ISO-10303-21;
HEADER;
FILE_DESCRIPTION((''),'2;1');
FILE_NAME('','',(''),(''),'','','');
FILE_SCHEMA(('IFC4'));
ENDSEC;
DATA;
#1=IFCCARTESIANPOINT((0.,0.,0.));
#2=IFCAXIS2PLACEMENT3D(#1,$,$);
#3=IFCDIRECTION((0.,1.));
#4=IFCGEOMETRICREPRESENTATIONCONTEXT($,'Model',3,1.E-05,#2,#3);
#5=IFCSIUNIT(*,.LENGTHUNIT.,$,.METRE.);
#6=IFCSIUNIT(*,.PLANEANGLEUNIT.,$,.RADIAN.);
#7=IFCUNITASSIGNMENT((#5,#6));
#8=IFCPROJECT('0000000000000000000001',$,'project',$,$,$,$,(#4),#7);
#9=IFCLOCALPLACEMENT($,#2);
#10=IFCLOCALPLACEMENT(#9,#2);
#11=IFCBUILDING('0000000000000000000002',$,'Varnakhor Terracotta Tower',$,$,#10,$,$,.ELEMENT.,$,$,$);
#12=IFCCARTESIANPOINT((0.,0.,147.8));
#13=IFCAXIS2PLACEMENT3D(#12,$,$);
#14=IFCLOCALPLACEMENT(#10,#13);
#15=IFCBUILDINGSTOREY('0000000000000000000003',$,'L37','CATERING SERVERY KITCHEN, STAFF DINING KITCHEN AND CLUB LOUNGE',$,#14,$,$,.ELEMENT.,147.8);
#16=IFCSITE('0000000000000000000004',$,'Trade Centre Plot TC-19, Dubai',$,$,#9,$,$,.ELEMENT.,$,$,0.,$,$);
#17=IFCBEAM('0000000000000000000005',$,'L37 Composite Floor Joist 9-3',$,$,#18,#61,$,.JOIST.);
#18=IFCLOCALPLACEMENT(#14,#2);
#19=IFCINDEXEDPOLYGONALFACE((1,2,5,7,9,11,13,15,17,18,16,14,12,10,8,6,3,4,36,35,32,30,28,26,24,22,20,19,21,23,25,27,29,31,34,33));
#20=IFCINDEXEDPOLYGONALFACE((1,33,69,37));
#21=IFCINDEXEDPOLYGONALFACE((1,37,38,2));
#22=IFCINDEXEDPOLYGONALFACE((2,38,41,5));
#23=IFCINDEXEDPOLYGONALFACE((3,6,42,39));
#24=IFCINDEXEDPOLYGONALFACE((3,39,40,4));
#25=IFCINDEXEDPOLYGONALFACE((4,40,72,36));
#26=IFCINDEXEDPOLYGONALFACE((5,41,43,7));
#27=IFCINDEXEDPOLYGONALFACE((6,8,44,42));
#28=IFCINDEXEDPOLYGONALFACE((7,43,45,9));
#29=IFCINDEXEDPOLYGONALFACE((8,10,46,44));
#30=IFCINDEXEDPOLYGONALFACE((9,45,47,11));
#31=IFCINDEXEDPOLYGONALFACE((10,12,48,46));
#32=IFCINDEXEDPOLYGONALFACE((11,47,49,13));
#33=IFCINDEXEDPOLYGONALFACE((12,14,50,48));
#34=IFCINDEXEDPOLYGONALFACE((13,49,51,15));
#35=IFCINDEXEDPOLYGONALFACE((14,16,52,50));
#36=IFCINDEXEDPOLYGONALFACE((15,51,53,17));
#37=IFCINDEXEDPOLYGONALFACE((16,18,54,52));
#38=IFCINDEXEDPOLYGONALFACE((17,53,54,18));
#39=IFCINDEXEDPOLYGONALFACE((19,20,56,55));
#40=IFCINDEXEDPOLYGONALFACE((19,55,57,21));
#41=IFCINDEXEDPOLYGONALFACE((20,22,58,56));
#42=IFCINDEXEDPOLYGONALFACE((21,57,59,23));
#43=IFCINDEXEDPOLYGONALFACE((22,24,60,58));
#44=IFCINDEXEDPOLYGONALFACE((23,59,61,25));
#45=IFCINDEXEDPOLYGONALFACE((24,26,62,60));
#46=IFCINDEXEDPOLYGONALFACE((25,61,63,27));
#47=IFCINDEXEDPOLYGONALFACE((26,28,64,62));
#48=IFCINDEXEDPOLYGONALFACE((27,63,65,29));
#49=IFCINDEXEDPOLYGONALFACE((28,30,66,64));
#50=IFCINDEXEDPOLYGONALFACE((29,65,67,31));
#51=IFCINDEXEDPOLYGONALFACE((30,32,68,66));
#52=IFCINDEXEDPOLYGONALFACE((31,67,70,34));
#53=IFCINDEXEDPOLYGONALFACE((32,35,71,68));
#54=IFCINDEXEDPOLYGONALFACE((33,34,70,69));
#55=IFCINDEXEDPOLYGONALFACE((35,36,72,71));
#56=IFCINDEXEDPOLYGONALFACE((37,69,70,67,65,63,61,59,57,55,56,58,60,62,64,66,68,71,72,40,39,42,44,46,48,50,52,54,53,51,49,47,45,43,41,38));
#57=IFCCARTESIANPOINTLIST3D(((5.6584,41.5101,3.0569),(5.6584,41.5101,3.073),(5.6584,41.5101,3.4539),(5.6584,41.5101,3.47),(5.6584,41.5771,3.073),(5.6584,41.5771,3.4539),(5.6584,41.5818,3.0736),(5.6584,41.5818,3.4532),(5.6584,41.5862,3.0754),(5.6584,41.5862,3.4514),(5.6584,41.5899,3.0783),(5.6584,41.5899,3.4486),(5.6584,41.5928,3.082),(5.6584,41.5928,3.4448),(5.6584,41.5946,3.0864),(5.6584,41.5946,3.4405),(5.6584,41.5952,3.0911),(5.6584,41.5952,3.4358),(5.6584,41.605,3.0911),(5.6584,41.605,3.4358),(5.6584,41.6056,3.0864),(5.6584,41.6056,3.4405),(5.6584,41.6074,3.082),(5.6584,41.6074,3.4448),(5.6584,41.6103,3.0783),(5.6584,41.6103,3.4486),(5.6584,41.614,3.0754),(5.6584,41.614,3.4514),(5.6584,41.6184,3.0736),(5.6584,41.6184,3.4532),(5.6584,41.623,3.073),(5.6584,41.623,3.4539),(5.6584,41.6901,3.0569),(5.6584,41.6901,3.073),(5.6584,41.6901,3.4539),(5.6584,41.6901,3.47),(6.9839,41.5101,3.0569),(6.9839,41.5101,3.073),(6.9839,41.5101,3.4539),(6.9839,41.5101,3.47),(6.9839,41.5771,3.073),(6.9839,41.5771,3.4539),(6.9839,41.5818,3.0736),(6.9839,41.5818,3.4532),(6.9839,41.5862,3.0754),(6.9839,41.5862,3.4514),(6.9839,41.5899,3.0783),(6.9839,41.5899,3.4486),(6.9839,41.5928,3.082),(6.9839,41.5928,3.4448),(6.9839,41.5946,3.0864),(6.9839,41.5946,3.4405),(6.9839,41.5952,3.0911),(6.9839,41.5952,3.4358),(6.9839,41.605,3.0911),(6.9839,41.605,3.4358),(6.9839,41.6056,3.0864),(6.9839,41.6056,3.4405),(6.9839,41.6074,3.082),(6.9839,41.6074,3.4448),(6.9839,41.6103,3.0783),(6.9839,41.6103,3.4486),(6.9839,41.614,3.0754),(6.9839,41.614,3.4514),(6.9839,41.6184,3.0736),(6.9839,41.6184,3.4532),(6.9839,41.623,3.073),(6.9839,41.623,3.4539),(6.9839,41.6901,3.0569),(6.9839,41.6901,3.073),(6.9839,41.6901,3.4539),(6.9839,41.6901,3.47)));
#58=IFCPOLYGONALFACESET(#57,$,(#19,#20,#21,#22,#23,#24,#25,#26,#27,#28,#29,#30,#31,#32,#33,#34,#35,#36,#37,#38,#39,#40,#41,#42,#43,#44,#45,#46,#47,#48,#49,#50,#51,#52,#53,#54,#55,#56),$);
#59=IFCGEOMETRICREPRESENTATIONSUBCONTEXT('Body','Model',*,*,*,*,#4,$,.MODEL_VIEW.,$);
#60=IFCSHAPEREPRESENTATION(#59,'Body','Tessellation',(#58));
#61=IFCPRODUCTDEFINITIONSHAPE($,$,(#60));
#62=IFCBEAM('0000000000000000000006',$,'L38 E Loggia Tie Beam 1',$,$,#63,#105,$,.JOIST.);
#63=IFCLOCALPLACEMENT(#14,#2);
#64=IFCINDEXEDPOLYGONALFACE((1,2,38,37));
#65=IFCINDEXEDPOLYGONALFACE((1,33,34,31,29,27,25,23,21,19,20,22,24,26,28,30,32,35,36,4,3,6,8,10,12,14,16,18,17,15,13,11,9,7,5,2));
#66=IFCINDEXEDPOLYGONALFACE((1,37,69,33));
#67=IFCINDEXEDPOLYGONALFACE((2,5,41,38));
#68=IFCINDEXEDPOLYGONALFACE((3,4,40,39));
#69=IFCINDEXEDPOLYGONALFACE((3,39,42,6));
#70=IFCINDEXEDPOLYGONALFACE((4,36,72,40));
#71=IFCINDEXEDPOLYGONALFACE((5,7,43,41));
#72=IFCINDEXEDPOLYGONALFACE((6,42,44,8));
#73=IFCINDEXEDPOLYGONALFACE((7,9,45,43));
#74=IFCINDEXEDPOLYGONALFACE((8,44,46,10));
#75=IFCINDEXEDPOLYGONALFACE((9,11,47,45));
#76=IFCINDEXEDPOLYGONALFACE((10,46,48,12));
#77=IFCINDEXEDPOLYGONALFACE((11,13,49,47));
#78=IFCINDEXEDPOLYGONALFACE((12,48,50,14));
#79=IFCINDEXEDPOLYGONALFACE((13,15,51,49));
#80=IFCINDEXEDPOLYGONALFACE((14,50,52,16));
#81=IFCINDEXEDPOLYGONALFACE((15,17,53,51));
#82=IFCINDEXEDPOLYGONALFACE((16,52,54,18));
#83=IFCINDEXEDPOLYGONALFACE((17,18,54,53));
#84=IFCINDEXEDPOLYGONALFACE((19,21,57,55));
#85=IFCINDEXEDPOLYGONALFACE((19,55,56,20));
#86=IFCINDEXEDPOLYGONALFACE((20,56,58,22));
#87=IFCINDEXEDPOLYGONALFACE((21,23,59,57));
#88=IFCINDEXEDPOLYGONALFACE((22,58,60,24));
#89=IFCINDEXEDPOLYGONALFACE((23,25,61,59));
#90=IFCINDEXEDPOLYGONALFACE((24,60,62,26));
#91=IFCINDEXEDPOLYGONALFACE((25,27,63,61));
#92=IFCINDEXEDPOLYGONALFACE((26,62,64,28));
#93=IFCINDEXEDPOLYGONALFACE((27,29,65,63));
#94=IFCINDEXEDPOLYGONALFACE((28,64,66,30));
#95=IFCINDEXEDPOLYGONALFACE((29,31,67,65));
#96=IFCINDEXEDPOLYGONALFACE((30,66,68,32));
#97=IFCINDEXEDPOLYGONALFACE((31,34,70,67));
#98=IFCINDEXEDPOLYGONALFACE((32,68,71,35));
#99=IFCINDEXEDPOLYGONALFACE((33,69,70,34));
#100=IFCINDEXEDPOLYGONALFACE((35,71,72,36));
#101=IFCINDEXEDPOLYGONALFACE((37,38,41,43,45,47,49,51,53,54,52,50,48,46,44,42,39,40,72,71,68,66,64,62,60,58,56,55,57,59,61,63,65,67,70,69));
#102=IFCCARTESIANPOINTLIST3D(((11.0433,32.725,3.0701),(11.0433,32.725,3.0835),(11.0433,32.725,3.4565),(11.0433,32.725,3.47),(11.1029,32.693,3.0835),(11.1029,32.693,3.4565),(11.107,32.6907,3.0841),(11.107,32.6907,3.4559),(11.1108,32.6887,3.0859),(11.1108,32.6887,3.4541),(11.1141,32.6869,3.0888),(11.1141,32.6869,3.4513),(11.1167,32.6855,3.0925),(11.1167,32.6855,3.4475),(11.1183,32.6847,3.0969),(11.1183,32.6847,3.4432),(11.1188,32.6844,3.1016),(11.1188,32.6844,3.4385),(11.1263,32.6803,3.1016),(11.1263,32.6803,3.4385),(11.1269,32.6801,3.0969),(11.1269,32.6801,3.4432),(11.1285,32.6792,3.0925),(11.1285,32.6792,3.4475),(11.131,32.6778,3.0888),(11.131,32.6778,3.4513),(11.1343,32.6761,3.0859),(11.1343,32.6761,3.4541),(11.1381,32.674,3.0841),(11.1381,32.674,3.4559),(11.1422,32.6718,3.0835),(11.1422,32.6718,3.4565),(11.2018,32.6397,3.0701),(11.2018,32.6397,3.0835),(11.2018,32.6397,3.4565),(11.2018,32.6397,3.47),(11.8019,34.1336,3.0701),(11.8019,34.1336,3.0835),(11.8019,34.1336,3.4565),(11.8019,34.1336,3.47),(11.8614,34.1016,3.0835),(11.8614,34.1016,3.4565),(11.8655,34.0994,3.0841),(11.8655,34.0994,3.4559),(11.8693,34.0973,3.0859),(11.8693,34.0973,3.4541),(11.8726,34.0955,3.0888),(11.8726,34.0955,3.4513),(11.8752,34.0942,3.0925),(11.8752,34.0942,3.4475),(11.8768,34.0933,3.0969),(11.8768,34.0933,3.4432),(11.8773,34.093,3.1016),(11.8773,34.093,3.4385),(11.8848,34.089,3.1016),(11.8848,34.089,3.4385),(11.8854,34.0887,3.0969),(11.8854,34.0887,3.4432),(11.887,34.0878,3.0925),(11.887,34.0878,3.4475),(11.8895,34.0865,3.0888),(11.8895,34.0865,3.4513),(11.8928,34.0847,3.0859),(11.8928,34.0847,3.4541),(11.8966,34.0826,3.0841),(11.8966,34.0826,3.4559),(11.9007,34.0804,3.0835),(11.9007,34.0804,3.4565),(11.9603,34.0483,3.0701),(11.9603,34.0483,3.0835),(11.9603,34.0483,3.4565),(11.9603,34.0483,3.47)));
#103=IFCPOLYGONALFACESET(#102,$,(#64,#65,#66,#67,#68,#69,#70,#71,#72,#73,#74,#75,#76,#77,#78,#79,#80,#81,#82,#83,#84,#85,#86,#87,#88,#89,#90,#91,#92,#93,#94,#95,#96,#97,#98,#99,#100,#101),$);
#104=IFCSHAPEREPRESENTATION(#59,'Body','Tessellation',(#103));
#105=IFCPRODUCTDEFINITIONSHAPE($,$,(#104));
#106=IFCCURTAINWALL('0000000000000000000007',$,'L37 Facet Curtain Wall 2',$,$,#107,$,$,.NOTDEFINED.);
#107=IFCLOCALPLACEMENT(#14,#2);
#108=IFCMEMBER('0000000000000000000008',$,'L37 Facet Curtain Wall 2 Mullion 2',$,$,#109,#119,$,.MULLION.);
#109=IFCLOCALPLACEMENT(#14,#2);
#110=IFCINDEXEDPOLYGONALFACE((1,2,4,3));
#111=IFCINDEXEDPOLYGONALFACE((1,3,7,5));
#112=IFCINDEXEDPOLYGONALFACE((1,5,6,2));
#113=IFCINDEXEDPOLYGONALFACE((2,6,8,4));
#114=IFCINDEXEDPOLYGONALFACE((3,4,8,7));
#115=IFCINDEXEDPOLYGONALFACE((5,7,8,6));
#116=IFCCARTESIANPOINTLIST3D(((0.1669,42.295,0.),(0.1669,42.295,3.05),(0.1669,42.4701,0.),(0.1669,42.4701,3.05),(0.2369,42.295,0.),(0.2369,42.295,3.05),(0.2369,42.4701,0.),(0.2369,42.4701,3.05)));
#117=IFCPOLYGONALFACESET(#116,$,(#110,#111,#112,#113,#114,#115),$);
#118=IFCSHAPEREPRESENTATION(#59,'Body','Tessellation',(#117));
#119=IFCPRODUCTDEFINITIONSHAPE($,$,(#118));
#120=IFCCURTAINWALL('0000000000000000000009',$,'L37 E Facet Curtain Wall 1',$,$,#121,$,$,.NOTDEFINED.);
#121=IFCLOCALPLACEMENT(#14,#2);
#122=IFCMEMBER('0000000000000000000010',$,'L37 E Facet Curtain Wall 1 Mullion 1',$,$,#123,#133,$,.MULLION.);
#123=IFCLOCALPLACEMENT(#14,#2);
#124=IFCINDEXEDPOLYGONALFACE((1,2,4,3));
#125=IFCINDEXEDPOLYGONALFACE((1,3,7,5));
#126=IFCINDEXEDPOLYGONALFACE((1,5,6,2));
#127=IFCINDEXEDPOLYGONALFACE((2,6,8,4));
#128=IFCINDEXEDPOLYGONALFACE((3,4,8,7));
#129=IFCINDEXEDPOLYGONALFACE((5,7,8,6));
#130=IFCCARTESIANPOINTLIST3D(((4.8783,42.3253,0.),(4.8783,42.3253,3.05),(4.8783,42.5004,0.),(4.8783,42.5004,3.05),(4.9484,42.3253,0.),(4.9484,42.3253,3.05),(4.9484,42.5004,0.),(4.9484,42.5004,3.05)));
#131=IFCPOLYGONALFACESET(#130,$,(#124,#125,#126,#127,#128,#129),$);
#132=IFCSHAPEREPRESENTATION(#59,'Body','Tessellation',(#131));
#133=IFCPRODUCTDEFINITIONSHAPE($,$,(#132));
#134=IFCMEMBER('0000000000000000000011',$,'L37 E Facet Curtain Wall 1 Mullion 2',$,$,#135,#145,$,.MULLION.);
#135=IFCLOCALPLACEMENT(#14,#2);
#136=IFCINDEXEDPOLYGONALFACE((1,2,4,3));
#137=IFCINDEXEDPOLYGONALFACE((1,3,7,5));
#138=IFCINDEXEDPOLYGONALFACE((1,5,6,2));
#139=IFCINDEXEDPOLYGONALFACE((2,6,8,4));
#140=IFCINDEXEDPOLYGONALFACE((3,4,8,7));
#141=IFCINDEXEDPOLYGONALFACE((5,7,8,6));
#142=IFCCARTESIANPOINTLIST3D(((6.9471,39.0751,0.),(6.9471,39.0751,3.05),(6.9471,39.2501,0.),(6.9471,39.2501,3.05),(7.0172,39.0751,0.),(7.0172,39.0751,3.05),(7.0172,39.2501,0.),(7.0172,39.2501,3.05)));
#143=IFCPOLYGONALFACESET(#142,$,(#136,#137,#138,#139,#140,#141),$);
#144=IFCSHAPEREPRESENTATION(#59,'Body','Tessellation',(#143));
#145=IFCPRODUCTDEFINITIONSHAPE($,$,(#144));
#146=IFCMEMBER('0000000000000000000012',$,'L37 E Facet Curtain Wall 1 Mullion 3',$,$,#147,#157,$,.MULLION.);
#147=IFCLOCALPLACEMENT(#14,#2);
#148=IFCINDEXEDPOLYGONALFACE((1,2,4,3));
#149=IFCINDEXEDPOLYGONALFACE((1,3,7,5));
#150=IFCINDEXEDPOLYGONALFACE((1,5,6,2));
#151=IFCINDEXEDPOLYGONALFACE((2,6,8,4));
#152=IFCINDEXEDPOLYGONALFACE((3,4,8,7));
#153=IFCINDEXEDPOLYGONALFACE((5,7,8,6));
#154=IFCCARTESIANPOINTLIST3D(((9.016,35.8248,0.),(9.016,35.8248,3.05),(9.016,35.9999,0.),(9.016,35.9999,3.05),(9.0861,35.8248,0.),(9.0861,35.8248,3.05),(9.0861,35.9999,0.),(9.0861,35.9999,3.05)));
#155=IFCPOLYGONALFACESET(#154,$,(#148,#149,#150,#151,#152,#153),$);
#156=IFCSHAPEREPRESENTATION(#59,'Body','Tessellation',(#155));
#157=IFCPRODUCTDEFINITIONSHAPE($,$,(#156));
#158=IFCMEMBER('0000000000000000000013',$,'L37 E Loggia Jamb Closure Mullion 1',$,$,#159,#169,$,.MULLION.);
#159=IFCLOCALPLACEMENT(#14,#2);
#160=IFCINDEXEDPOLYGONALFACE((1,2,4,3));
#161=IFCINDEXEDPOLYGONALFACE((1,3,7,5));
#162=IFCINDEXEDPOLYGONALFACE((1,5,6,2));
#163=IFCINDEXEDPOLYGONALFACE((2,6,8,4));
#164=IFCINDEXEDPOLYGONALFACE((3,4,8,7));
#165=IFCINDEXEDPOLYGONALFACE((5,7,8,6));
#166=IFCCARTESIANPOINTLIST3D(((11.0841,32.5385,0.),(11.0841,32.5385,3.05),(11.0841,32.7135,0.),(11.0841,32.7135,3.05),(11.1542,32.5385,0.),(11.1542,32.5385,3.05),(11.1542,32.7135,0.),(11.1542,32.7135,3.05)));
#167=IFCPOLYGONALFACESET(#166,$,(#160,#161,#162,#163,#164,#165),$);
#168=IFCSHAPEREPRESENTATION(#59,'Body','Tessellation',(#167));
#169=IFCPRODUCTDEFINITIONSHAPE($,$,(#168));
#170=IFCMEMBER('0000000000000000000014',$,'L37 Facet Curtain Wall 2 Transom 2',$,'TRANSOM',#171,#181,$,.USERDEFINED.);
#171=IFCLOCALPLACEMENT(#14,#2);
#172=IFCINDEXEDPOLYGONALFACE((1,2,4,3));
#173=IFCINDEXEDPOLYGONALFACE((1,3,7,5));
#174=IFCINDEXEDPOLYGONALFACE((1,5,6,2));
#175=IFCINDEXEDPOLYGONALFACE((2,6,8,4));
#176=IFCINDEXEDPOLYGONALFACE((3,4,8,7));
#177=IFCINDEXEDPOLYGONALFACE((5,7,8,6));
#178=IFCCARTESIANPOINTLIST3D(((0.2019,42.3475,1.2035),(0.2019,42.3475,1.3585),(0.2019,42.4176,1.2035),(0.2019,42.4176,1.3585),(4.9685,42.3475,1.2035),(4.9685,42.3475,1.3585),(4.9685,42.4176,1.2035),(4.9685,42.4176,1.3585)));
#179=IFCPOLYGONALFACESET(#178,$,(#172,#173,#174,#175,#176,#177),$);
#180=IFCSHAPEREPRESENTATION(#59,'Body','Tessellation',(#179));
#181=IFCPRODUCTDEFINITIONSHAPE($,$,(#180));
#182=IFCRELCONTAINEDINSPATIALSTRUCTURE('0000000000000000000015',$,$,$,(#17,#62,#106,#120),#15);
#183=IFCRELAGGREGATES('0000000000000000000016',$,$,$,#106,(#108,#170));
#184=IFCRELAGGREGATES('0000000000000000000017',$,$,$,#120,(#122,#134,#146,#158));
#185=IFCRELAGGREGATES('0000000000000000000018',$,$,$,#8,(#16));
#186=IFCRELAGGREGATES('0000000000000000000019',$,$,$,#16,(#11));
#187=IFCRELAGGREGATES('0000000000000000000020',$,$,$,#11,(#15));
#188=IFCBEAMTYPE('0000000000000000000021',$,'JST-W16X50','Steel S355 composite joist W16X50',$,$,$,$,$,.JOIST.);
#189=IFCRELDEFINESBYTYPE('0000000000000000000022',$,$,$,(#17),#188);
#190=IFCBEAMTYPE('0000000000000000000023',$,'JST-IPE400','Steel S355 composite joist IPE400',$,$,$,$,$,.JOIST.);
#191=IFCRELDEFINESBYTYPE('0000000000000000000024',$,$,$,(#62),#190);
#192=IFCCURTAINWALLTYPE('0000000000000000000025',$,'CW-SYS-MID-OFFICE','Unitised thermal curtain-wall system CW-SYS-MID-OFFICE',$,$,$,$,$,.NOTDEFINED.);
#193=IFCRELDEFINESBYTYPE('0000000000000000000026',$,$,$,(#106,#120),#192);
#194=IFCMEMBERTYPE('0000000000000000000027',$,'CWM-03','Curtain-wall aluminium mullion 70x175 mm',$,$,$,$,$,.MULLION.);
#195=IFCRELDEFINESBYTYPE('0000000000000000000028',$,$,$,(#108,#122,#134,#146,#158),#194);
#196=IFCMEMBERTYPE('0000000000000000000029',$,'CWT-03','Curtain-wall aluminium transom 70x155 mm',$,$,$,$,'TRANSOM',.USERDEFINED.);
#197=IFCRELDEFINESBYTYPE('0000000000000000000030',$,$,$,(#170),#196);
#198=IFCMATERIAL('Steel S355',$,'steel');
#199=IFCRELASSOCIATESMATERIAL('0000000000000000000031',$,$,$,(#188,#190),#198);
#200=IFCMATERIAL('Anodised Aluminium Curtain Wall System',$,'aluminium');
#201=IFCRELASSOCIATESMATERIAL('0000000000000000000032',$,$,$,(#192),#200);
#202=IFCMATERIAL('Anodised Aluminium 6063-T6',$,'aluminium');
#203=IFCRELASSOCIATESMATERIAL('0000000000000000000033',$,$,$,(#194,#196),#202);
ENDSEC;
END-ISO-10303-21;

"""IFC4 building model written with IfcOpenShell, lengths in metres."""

from ifc_helpers import new_model, si_unit, direction, frame, origin, origin_2d, place, context, subcontext, project, spatial, rectangle, i_section, extrude, source, transform, mapped, material, material_profile, profile_set, type_object, element, aggregate, save


model = new_model("IFC4")

# Units and contexts
model_context = context("Model", 3, precision=1e-05, world=origin(), true_north=direction((0.0, 1.0)))
body_context = subcontext(model_context, "Body", "Model", "MODEL_VIEW")
ifc_project = project(units=[si_unit("LENGTHUNIT", "METRE"), si_unit("PLANEANGLEUNIT", "RADIAN")], contexts=[model_context])

# Site, building, storey
site_placement = place(None, origin())
site = spatial("IfcSite", under=ifc_project, at=site_placement, Name="Trade Centre Plot TC-19, Dubai", CompositionType="ELEMENT", RefElevation=0.0)
building_placement = place(site_placement, origin())
building = spatial("IfcBuilding", under=site, at=building_placement, Name="Varnakhor Terracotta Tower", CompositionType="ELEMENT")
storey_placement = place(building_placement, frame((0.0, 0.0, 147.8)))
storey = spatial("IfcBuildingStorey", under=building, at=storey_placement, Name="L37", Description="CATERING SERVERY KITCHEN, STAFF DINING KITCHEN AND CLUB LOUNGE", CompositionType="ELEMENT", Elevation=147.8)

# Beams
ifc_material_1 = material(Name="Steel S355", Category="steel")
ifc_material_profile_1 = material_profile(ifc_material_1, i_section(OverallWidth=0.1799, OverallDepth=0.4131, WebThickness=0.0098, FlangeThickness=0.0161, FilletRadius=0.0181, at=origin_2d()), Name="W16X50")
ifc_profile_set_1 = profile_set([ifc_material_profile_1], Name="Steel S355")
beam_type_1 = type_object("IfcBeamType", Name="JST-W16X50", Description="Steel S355 composite joist W16X50", PredefinedType="JOIST", material=ifc_profile_set_1)
shared_shape_1 = source(origin(), body_context, "Body", "SweptSolid", [
    extrude(i_section(OverallWidth=0.1799, OverallDepth=0.4131, WebThickness=0.0098, FlangeThickness=0.0161, FilletRadius=0.0181, at=origin_2d()), origin(), (0.0, 0.0, 1.0), 1.3254),
])
beam_1_placement = place(storey_placement, frame((5.6584, 41.6001, 3.2634), z_axis=(1.0, 0.0, 0.0), x_axis=(0.0, 1.0, 0.0)))
element("IfcBeam", 1, at=beam_1_placement, inside=storey, type_object=beam_type_1, Name="L37 Composite Floor Joist 9-3", PredefinedType="JOIST", context=body_context, shape_type="MappedRepresentation", body=[
    mapped(shared_shape_1, transform((0.0, 0.0, 0.0), scale=1.0)),
])
ifc_material_profile_2 = material_profile(ifc_material_1, i_section(OverallWidth=0.1799, OverallDepth=0.3999, WebThickness=0.0085, FlangeThickness=0.0134, FilletRadius=0.0181, at=origin_2d()), Name="IPE400")
ifc_profile_set_2 = profile_set([ifc_material_profile_2], Name="Steel S355")
beam_type_2 = type_object("IfcBeamType", Name="JST-IPE400", Description="Steel S355 composite joist IPE400", PredefinedType="JOIST", material=ifc_profile_set_2)
shared_shape_2 = source(origin(), body_context, "Body", "SweptSolid", [
    extrude(i_section(OverallWidth=0.1799, OverallDepth=0.3999, WebThickness=0.0085, FlangeThickness=0.0134, FilletRadius=0.0181, at=origin_2d()), origin(), (0.0, 0.0, 1.0), 1.5999),
])
beam_2_placement = place(storey_placement, frame((11.1226, 32.6824, 3.27), z_axis=(0.474109, 0.880466, 0.0), x_axis=(-0.880466, 0.474109, 0.0)))
element("IfcBeam", 2, at=beam_2_placement, inside=storey, type_object=beam_type_2, Name="L38 E Loggia Tie Beam 1", PredefinedType="JOIST", context=body_context, shape_type="MappedRepresentation", body=[
    mapped(shared_shape_2, transform((0.0, 0.0, 0.0), scale=1.0)),
])

# Curtain wall, member
ifc_material_2 = material(Name="Anodised Aluminium Curtain Wall System", Category="aluminium")
curtain_wall_type = type_object("IfcCurtainWallType", Name="CW-SYS-MID-OFFICE", Description="Unitised thermal curtain-wall system CW-SYS-MID-OFFICE", PredefinedType="NOTDEFINED", material=ifc_material_2)
curtain_wall_1_placement = place(storey_placement, origin())
curtain_wall_1 = element("IfcCurtainWall", 3, at=curtain_wall_1_placement, inside=storey, type_object=curtain_wall_type, Name="L37 Facet Curtain Wall 2", PredefinedType="NOTDEFINED")
ifc_material_3 = material(Name="Anodised Aluminium 6063-T6", Category="aluminium")
ifc_material_profile_3 = material_profile(ifc_material_3, rectangle(XDim=0.0701, YDim=0.175, at=origin_2d()), Name="ALU MULLION 70x175")
ifc_profile_set_3 = profile_set([ifc_material_profile_3], Name="Anodised Aluminium 6063-T6")
member_type_1 = type_object("IfcMemberType", Name="CWM-03", Description="Curtain-wall aluminium mullion 70x175 mm", PredefinedType="MULLION", material=ifc_profile_set_3)
shared_shape_3 = source(origin(), body_context, "Body", "SweptSolid", [
    extrude(rectangle(XDim=0.0701, YDim=0.175, at=origin_2d()), origin(), (0.0, 0.0, 1.0), 3.05),
])
member_1_placement = place(storey_placement, frame((0.2019, 42.3826, 0.0), z_axis=(0.0, 0.0, 1.0), x_axis=(1.0, 0.0, 0.0)))
member_1 = element("IfcMember", 4, at=member_1_placement, type_object=member_type_1, Name="L37 Facet Curtain Wall 2 Mullion 2", PredefinedType="MULLION", context=body_context, shape_type="MappedRepresentation", body=[
    mapped(shared_shape_3, transform((0.0, 0.0, 0.0), scale=1.0)),
])

# Curtain wall, members
curtain_wall_2_placement = place(storey_placement, origin())
curtain_wall_2 = element("IfcCurtainWall", 5, at=curtain_wall_2_placement, inside=storey, type_object=curtain_wall_type, Name="L37 E Facet Curtain Wall 1", PredefinedType="NOTDEFINED")
member_2_placement = place(storey_placement, frame((4.9133, 42.4128, 0.0), z_axis=(0.0, 0.0, 1.0), x_axis=(1.0, 0.0, 0.0)))
member_2 = element("IfcMember", 6, at=member_2_placement, type_object=member_type_1, Name="L37 E Facet Curtain Wall 1 Mullion 1", PredefinedType="MULLION", context=body_context, shape_type="MappedRepresentation", body=[
    mapped(shared_shape_3, transform((0.0, 0.0, 0.0), scale=1.0)),
])
member_3_placement = place(storey_placement, frame((6.9822, 39.1626, 0.0), z_axis=(0.0, 0.0, 1.0), x_axis=(1.0, 0.0, 0.0)))
member_3 = element("IfcMember", 7, at=member_3_placement, type_object=member_type_1, Name="L37 E Facet Curtain Wall 1 Mullion 2", PredefinedType="MULLION", context=body_context, shape_type="MappedRepresentation", body=[
    mapped(shared_shape_3, transform((0.0, 0.0, 0.0), scale=1.0)),
])
member_4_placement = place(storey_placement, frame((9.051, 35.9124, 0.0), z_axis=(0.0, 0.0, 1.0), x_axis=(1.0, 0.0, 0.0)))
member_4 = element("IfcMember", 8, at=member_4_placement, type_object=member_type_1, Name="L37 E Facet Curtain Wall 1 Mullion 3", PredefinedType="MULLION", context=body_context, shape_type="MappedRepresentation", body=[
    mapped(shared_shape_3, transform((0.0, 0.0, 0.0), scale=1.0)),
])
member_5_placement = place(storey_placement, frame((11.1191, 32.626, 0.0), z_axis=(0.0, 0.0, 1.0), x_axis=(1.0, 0.0, 0.0)))
member_5 = element("IfcMember", 9, at=member_5_placement, type_object=member_type_1, Name="L37 E Loggia Jamb Closure Mullion 1", PredefinedType="MULLION", context=body_context, shape_type="MappedRepresentation", body=[
    mapped(shared_shape_3, transform((0.0, 0.0, 0.0), scale=1.0)),
])

# Member
ifc_material_profile_4 = material_profile(ifc_material_3, rectangle(XDim=0.0701, YDim=0.155, at=origin_2d()), Name="ALU TRANSOM 70x155")
ifc_profile_set_4 = profile_set([ifc_material_profile_4], Name="Anodised Aluminium 6063-T6")
member_type_2 = type_object("IfcMemberType", Name="CWT-03", Description="Curtain-wall aluminium transom 70x155 mm", ElementType="TRANSOM", PredefinedType="USERDEFINED", material=ifc_profile_set_4)
shared_shape_4 = source(origin(), body_context, "Body", "SweptSolid", [
    extrude(rectangle(XDim=0.0701, YDim=0.155, at=origin_2d()), origin(), (0.0, 0.0, 1.0), 4.7666),
])
member_6_placement = place(storey_placement, frame((0.2019, 42.3826, 1.281), z_axis=(1.0, 0.0, 0.0), x_axis=(0.0, 1.0, 0.0)))
member_6 = element("IfcMember", 10, at=member_6_placement, type_object=member_type_2, Name="L37 Facet Curtain Wall 2 Transom 2", ObjectType="TRANSOM", PredefinedType="USERDEFINED", context=body_context, shape_type="MappedRepresentation", body=[
    mapped(shared_shape_4, transform((0.0, 0.0, 0.0), scale=1.0)),
])

aggregate(curtain_wall_1, [member_1, member_6])
aggregate(curtain_wall_2, [member_2, member_3, member_4, member_5])

save(model, "model.ifc")
